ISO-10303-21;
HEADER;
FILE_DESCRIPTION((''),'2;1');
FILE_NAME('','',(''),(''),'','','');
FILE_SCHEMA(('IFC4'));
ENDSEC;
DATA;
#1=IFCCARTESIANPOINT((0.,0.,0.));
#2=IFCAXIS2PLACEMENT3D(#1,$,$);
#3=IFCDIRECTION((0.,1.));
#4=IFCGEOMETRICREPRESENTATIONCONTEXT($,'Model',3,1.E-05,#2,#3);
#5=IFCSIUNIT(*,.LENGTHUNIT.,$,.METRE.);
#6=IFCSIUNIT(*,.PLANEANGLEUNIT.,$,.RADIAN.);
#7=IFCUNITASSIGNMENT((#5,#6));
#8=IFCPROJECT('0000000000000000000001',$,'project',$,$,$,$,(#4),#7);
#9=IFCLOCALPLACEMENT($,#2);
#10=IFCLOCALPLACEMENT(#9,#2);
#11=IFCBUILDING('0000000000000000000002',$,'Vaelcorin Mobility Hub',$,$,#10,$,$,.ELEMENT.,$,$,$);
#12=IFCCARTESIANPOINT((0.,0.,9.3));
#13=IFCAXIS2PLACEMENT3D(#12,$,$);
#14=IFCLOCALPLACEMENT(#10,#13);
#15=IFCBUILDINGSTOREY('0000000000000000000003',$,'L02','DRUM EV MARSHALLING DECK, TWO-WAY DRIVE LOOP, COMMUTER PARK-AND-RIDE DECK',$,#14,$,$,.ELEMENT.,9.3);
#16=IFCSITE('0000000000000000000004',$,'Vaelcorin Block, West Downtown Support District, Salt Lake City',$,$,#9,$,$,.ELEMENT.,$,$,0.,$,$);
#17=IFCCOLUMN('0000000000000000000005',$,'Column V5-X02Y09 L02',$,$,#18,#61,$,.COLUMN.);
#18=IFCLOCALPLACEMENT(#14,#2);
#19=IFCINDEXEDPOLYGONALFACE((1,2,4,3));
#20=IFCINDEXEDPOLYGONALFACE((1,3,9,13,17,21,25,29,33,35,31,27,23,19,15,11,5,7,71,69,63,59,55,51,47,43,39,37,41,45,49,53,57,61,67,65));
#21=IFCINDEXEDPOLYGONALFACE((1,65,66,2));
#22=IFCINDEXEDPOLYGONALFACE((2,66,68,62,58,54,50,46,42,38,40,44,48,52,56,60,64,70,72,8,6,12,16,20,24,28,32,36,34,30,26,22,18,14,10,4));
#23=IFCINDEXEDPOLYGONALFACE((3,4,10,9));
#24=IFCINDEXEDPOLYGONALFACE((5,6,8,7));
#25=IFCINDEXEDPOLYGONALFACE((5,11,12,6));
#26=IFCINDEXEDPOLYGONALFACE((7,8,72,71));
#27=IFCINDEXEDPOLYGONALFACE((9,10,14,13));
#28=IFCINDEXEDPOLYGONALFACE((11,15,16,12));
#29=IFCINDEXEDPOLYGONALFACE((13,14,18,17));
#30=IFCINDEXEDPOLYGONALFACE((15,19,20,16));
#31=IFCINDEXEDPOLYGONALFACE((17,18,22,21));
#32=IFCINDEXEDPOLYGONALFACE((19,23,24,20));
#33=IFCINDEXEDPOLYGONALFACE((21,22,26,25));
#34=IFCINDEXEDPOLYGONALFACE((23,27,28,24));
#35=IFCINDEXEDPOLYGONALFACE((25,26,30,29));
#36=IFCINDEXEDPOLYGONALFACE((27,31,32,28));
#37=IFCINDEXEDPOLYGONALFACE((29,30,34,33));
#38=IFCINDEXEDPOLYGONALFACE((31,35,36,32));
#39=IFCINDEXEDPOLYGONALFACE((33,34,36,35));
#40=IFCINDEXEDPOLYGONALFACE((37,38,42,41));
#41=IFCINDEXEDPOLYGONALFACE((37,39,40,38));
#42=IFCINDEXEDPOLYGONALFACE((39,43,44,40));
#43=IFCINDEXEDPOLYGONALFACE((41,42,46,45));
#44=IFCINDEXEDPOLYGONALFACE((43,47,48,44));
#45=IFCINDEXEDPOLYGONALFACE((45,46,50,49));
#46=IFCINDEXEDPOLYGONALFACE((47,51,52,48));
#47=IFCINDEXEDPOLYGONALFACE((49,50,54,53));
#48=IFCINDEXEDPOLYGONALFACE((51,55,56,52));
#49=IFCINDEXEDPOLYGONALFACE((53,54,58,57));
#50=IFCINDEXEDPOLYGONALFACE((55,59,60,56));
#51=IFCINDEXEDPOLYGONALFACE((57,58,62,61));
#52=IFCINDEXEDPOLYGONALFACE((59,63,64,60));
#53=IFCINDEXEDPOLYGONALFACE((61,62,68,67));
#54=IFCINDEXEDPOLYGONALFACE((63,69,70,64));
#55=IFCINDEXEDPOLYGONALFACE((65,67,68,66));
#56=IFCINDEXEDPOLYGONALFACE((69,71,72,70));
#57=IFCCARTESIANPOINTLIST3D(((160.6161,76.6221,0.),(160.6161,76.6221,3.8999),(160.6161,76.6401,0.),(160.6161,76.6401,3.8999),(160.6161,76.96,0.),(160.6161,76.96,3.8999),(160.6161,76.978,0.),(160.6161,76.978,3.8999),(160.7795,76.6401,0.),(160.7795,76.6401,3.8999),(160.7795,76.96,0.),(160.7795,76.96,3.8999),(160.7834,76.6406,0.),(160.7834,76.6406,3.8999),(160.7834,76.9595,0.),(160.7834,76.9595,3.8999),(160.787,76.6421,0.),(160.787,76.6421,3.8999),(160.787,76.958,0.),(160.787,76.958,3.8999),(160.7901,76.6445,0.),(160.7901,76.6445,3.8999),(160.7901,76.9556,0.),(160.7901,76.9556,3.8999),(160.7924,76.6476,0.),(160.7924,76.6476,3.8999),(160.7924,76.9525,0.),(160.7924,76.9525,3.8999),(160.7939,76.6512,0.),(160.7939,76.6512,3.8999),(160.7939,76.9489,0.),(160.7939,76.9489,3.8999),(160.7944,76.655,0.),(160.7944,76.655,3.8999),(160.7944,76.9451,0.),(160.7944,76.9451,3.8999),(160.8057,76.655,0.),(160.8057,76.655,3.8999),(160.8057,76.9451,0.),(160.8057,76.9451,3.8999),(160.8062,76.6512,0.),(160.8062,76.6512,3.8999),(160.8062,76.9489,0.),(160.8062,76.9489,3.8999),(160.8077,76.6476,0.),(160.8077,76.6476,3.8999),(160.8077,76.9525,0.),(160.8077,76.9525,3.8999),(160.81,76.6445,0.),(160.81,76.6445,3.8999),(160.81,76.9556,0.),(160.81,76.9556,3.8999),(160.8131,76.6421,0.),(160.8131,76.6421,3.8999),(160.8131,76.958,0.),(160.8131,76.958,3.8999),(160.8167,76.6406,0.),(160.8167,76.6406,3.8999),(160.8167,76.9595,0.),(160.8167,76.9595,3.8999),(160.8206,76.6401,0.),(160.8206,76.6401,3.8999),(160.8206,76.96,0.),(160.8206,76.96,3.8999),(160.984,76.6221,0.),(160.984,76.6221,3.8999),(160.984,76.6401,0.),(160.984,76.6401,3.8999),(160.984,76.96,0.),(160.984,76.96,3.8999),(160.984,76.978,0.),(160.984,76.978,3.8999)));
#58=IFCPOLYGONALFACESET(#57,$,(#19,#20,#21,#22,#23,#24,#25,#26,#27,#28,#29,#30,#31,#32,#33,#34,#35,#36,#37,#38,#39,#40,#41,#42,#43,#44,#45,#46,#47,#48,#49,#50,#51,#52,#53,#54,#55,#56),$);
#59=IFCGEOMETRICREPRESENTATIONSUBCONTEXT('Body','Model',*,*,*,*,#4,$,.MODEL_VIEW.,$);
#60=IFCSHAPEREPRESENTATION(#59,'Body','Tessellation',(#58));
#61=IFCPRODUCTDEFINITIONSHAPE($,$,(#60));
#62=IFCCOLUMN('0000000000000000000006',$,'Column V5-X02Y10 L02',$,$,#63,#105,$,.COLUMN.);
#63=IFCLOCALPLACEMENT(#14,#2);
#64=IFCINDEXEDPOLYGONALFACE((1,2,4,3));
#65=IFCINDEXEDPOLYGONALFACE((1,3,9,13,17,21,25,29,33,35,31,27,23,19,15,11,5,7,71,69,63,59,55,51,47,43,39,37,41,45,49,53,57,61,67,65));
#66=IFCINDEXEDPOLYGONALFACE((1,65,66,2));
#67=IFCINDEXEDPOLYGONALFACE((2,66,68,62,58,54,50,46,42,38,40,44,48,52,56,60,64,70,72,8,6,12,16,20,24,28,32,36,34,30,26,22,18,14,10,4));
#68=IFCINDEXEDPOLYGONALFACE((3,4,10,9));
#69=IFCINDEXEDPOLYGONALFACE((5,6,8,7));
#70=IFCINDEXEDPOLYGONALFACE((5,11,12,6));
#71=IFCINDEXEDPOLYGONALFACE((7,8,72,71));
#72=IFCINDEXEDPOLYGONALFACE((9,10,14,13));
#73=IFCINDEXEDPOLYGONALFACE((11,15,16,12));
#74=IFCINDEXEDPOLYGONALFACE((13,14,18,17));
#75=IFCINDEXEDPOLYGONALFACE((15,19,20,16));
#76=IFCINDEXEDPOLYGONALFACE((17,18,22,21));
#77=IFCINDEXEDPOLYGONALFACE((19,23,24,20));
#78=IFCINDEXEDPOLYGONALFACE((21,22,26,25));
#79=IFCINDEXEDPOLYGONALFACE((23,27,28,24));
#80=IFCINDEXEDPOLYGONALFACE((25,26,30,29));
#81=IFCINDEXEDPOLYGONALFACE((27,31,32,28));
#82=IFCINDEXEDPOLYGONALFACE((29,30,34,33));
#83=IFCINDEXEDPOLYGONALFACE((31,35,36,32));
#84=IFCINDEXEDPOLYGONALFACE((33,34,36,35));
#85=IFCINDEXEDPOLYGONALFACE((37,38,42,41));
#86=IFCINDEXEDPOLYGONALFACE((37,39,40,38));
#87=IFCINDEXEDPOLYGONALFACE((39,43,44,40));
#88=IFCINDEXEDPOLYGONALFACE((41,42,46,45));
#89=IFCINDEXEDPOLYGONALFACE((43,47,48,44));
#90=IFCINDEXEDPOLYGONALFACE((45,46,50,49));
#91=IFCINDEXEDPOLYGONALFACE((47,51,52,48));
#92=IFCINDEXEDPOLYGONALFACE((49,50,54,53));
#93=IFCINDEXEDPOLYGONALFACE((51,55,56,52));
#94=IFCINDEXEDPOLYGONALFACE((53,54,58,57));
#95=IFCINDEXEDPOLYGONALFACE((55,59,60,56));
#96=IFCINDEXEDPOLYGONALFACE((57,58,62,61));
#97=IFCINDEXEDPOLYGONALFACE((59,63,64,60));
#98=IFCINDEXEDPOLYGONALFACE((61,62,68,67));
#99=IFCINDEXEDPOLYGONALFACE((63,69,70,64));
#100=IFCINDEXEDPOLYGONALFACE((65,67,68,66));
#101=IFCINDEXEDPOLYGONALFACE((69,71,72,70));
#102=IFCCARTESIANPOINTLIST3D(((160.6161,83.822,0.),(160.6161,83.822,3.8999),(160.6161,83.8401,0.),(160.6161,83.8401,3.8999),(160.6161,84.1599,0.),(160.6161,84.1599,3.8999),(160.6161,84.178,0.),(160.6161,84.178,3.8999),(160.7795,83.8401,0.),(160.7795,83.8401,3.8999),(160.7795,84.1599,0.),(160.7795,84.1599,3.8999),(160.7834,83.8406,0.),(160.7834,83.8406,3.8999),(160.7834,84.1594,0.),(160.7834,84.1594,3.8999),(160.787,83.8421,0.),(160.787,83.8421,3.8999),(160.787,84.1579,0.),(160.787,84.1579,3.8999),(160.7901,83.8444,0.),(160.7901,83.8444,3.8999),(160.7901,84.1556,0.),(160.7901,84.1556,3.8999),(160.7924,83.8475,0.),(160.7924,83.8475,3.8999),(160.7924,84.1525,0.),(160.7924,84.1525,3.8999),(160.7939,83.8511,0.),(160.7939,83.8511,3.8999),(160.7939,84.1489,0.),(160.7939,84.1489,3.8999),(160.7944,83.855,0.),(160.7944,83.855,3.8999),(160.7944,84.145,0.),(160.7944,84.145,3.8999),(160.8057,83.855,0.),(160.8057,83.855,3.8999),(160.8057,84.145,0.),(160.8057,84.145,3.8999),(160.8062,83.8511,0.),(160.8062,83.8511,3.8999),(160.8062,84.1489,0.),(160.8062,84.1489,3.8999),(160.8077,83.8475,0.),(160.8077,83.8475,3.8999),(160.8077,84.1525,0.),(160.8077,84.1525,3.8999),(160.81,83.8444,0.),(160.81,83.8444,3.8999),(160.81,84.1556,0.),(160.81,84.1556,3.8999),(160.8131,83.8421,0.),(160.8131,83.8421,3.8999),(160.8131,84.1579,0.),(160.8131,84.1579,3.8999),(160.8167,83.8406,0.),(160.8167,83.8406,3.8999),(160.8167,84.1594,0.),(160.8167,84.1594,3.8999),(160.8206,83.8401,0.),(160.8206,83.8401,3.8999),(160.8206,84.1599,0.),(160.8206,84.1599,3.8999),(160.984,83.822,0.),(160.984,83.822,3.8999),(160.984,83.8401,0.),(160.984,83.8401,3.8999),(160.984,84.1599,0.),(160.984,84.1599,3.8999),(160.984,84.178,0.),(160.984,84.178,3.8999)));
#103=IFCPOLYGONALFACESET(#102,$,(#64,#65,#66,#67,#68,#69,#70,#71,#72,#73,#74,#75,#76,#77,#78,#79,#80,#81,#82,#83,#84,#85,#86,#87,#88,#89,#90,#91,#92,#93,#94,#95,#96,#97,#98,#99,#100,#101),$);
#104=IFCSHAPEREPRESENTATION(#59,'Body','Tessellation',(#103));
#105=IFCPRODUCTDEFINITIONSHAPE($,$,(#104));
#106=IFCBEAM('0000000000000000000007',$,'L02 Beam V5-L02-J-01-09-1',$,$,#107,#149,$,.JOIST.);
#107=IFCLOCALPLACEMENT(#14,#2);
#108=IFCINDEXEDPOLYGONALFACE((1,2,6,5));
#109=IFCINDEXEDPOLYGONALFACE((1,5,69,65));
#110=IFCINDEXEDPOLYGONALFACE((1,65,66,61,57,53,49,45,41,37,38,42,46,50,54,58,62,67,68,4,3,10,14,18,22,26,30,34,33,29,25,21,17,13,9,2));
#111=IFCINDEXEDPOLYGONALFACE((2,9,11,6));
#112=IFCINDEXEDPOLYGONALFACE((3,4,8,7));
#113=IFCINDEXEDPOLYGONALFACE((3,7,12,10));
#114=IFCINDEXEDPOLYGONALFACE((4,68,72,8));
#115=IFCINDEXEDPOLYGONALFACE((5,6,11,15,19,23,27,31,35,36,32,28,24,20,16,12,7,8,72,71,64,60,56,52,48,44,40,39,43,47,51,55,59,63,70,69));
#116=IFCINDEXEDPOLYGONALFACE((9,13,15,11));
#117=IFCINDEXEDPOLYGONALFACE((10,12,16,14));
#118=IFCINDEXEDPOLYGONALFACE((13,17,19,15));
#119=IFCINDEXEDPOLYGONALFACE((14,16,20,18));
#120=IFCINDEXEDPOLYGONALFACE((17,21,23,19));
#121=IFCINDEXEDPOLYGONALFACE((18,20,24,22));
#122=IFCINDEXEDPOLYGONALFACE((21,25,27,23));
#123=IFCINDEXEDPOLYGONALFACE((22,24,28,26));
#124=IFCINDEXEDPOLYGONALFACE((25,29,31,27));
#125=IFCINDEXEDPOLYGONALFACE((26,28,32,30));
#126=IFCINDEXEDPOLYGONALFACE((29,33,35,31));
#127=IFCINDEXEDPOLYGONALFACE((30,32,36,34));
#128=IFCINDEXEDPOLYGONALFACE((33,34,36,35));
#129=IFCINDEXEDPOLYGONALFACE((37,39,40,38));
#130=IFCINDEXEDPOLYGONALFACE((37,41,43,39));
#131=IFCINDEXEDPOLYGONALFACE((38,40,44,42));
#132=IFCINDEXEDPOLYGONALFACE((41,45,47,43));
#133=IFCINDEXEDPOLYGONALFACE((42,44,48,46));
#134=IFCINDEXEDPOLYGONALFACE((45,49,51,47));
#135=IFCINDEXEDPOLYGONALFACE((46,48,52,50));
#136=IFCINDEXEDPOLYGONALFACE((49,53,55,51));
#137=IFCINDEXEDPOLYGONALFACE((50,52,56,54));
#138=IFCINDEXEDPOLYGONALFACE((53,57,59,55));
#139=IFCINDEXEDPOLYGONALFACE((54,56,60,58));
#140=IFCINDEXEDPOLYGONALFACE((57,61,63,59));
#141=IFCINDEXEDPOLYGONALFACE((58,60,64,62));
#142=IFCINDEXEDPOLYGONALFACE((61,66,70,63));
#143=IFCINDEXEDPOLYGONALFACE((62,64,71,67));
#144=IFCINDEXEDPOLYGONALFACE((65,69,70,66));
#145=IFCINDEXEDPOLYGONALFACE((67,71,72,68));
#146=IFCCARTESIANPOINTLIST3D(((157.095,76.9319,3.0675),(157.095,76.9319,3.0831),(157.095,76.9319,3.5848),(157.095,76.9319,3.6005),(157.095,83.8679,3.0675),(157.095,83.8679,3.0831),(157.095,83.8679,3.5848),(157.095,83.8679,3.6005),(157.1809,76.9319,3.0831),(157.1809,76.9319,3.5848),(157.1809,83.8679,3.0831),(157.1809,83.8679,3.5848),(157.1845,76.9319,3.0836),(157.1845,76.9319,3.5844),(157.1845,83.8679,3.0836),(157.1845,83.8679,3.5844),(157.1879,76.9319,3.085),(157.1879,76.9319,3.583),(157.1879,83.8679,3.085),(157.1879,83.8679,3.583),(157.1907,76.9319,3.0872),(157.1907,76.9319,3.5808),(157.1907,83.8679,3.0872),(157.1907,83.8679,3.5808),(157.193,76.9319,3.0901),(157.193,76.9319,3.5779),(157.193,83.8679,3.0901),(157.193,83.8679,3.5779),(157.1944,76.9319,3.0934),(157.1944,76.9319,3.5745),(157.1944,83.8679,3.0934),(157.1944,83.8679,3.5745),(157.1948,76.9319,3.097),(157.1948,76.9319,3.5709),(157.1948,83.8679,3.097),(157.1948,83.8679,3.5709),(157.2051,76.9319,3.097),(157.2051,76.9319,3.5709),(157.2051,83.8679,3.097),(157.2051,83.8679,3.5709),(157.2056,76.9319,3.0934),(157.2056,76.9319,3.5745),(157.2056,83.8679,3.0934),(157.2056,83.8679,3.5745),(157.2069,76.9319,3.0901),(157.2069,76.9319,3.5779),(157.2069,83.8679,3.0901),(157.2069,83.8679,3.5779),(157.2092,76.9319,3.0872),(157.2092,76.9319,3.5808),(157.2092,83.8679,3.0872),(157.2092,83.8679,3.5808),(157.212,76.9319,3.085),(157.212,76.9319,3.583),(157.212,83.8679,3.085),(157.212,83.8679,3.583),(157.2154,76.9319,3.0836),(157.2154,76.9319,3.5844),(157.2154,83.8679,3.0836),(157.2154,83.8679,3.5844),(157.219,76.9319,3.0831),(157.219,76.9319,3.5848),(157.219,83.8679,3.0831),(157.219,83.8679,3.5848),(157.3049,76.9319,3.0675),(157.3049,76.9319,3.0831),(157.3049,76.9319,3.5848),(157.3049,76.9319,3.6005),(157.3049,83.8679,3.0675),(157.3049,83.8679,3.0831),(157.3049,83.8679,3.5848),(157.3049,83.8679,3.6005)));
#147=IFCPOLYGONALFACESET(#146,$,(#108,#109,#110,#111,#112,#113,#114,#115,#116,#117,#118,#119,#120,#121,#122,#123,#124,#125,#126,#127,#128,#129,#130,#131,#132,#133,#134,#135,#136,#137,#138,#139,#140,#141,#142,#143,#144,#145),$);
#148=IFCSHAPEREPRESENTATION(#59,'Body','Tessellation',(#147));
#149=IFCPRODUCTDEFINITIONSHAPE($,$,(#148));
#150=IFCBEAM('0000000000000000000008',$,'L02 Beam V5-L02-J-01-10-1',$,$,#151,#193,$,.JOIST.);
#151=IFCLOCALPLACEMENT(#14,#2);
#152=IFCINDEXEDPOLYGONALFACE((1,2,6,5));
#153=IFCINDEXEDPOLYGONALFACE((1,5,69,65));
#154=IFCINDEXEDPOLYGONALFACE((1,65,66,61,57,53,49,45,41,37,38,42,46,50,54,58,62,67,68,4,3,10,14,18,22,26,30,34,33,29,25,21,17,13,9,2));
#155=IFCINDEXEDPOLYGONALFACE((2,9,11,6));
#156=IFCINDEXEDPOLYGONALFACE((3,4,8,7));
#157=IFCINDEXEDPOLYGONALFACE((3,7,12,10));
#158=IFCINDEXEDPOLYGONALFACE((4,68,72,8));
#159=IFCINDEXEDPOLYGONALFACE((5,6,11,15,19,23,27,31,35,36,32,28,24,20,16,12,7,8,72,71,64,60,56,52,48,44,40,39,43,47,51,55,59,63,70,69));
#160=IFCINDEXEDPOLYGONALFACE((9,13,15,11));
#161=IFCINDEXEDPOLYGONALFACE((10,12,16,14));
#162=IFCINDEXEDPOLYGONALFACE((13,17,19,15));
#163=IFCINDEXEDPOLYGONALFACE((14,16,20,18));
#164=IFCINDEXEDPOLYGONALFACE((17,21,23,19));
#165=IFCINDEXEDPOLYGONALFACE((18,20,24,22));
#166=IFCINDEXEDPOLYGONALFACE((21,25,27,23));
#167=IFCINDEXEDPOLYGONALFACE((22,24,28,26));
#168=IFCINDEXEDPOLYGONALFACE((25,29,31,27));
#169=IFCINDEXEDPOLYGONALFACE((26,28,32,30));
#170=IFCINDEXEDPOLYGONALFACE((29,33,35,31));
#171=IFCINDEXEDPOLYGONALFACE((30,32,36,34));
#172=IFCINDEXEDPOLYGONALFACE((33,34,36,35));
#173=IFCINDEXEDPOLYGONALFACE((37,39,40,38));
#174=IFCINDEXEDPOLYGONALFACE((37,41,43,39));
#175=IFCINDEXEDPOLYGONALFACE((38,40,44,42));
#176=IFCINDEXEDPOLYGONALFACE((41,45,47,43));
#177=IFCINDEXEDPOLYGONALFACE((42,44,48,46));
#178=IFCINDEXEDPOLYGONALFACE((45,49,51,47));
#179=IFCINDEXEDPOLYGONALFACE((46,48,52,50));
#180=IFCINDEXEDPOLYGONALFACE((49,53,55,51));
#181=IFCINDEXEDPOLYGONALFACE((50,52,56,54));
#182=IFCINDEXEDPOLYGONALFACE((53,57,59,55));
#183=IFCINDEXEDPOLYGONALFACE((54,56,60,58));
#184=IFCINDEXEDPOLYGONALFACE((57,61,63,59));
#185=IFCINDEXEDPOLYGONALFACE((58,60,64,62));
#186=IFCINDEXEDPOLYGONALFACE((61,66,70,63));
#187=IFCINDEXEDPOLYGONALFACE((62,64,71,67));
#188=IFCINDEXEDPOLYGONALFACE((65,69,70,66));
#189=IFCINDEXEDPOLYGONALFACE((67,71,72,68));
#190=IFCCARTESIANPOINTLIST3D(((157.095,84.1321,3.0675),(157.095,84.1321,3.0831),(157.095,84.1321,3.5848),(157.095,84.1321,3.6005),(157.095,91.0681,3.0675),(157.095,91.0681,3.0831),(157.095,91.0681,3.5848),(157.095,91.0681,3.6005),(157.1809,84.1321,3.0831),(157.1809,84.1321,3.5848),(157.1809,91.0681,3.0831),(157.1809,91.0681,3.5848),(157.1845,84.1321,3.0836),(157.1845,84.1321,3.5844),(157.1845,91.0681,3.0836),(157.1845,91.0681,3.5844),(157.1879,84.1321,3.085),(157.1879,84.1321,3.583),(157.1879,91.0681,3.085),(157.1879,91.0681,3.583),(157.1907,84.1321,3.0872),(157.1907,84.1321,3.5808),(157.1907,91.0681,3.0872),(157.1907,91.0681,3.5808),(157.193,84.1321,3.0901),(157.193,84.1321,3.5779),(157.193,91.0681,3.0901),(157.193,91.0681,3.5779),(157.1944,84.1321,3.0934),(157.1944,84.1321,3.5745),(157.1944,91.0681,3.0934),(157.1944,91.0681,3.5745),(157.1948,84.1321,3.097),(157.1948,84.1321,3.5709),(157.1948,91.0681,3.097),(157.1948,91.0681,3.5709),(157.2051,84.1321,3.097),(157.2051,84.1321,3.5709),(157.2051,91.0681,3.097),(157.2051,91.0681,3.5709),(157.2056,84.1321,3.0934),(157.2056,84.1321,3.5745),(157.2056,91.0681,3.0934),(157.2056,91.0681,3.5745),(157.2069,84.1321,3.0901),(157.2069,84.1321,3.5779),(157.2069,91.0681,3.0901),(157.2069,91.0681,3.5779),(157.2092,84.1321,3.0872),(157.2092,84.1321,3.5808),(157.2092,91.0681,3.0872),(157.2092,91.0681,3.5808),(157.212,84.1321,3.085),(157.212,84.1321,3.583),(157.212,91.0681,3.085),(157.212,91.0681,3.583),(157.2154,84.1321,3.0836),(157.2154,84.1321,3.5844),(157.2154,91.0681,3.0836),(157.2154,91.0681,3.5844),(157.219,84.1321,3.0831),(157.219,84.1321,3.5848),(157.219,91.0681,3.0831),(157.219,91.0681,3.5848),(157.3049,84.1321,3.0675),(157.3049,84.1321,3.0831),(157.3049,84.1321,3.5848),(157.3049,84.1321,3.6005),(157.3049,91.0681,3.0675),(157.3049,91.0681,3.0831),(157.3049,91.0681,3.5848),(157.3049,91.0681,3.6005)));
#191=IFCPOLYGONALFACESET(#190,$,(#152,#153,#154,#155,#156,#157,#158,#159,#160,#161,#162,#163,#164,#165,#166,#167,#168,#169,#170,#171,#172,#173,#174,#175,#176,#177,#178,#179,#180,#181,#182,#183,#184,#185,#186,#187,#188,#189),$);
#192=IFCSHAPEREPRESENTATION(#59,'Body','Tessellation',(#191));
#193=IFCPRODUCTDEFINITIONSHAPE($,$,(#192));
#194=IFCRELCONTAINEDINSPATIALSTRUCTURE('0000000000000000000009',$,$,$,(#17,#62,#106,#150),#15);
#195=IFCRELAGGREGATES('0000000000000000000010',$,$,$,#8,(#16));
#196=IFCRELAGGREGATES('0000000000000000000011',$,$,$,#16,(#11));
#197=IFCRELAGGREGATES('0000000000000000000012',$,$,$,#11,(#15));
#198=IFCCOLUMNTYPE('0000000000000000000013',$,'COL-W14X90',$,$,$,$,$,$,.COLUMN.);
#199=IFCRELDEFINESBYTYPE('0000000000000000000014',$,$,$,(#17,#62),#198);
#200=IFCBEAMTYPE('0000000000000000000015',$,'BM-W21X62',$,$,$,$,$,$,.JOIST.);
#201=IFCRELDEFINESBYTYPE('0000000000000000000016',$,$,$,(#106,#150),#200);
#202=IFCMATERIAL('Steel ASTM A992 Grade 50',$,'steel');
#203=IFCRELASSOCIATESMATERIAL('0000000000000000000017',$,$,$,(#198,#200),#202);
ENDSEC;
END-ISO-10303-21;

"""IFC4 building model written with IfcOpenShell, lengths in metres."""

from ifc_helpers import new_model, si_unit, direction, frame, origin, origin_2d, place, context, subcontext, project, spatial, i_section, extrude, material, material_profile, profile_set, type_object, element, save


model = new_model("IFC4")

# Units and contexts
model_context = context("Model", 3, precision=1e-05, world=origin(), true_north=direction((0.0, 1.0)))
body_context = subcontext(model_context, "Body", "Model", "MODEL_VIEW")
ifc_project = project(units=[si_unit("LENGTHUNIT", "METRE"), si_unit("PLANEANGLEUNIT", "RADIAN")], contexts=[model_context])

# Site, building, storey
site_placement = place(None, origin())
site = spatial("IfcSite", under=ifc_project, at=site_placement, Name="Vaelcorin Block, West Downtown Support District, Salt Lake City", CompositionType="ELEMENT", RefElevation=0.0)
building_placement = place(site_placement, origin())
building = spatial("IfcBuilding", under=site, at=building_placement, Name="Vaelcorin Mobility Hub", CompositionType="ELEMENT")
storey_placement = place(building_placement, frame((0.0, 0.0, 9.3)))
storey = spatial("IfcBuildingStorey", under=building, at=storey_placement, Name="L02", Description="DRUM EV MARSHALLING DECK, TWO-WAY DRIVE LOOP, COMMUTER PARK-AND-RIDE DECK", CompositionType="ELEMENT", Elevation=9.3)

# Columns
ifc_material_1 = material(Name="Steel ASTM A992 Grade 50", Category="steel")
ifc_material_profile_1 = material_profile(ifc_material_1, i_section(OverallWidth=0.3679, OverallDepth=0.356, WebThickness=0.0112, FlangeThickness=0.0181, FilletRadius=0.0149, at=origin_2d()), Name="W14X90")
ifc_profile_set_1 = profile_set([ifc_material_profile_1], Name="Steel ASTM A992 Grade 50")
column_type = type_object("IfcColumnType", Name="COL-W14X90", PredefinedType="COLUMN", material=ifc_profile_set_1)
for number, where, z_axis, x_axis, name in (
    (1, (160.8, 76.8, 0.0), (0.0, 0.0, 1.0), (1.0, 0.0, 0.0), "Column V5-X02Y09 L02"),
    (2, (160.8, 84.0, 0.0), (0.0, 0.0, 1.0), (1.0, 0.0, 0.0), "Column V5-X02Y10 L02"),
):
    element("IfcColumn", number, at=place(storey_placement, frame(where, z_axis=z_axis, x_axis=x_axis)), inside=storey, type_object=column_type, Name=name, PredefinedType="COLUMN", context=body_context, shape_type="SweptSolid", body=[
        extrude(i_section(OverallWidth=0.3679, OverallDepth=0.356, WebThickness=0.0112, FlangeThickness=0.0181, FilletRadius=0.0149, at=origin_2d()), origin(), (0.0, 0.0, 1.0), 3.8999),
    ])

# Beams
ifc_material_profile_2 = material_profile(ifc_material_1, i_section(OverallWidth=0.21, OverallDepth=0.533, WebThickness=0.0103, FlangeThickness=0.0156, FilletRadius=0.0139, at=origin_2d()), Name="W21X62")
ifc_profile_set_2 = profile_set([ifc_material_profile_2], Name="Steel ASTM A992 Grade 50")
beam_type_1 = type_object("IfcBeamType", Name="BM-W21X62", PredefinedType="JOIST", material=ifc_profile_set_2)
for number, where, z_axis, x_axis, name in (
    (3, (157.2, 76.9319, 3.334), (0.0, 1.0, 0.0), (-1.0, 0.0, 0.0), "L02 Beam V5-L02-J-01-09-1"),
    (4, (157.2, 84.1321, 3.334), (0.0, 1.0, 0.0), (-1.0, 0.0, 0.0), "L02 Beam V5-L02-J-01-10-1"),
):
    element("IfcBeam", number, at=place(storey_placement, frame(where, z_axis=z_axis, x_axis=x_axis)), inside=storey, type_object=beam_type_1, Name=name, PredefinedType="JOIST", context=body_context, shape_type="SweptSolid", body=[
        extrude(i_section(OverallWidth=0.21, OverallDepth=0.533, WebThickness=0.0103, FlangeThickness=0.0156, FilletRadius=0.0139, at=origin_2d()), origin(), (0.0, 0.0, 1.0), 6.936),
    ])

save(model, "model.ifc")
